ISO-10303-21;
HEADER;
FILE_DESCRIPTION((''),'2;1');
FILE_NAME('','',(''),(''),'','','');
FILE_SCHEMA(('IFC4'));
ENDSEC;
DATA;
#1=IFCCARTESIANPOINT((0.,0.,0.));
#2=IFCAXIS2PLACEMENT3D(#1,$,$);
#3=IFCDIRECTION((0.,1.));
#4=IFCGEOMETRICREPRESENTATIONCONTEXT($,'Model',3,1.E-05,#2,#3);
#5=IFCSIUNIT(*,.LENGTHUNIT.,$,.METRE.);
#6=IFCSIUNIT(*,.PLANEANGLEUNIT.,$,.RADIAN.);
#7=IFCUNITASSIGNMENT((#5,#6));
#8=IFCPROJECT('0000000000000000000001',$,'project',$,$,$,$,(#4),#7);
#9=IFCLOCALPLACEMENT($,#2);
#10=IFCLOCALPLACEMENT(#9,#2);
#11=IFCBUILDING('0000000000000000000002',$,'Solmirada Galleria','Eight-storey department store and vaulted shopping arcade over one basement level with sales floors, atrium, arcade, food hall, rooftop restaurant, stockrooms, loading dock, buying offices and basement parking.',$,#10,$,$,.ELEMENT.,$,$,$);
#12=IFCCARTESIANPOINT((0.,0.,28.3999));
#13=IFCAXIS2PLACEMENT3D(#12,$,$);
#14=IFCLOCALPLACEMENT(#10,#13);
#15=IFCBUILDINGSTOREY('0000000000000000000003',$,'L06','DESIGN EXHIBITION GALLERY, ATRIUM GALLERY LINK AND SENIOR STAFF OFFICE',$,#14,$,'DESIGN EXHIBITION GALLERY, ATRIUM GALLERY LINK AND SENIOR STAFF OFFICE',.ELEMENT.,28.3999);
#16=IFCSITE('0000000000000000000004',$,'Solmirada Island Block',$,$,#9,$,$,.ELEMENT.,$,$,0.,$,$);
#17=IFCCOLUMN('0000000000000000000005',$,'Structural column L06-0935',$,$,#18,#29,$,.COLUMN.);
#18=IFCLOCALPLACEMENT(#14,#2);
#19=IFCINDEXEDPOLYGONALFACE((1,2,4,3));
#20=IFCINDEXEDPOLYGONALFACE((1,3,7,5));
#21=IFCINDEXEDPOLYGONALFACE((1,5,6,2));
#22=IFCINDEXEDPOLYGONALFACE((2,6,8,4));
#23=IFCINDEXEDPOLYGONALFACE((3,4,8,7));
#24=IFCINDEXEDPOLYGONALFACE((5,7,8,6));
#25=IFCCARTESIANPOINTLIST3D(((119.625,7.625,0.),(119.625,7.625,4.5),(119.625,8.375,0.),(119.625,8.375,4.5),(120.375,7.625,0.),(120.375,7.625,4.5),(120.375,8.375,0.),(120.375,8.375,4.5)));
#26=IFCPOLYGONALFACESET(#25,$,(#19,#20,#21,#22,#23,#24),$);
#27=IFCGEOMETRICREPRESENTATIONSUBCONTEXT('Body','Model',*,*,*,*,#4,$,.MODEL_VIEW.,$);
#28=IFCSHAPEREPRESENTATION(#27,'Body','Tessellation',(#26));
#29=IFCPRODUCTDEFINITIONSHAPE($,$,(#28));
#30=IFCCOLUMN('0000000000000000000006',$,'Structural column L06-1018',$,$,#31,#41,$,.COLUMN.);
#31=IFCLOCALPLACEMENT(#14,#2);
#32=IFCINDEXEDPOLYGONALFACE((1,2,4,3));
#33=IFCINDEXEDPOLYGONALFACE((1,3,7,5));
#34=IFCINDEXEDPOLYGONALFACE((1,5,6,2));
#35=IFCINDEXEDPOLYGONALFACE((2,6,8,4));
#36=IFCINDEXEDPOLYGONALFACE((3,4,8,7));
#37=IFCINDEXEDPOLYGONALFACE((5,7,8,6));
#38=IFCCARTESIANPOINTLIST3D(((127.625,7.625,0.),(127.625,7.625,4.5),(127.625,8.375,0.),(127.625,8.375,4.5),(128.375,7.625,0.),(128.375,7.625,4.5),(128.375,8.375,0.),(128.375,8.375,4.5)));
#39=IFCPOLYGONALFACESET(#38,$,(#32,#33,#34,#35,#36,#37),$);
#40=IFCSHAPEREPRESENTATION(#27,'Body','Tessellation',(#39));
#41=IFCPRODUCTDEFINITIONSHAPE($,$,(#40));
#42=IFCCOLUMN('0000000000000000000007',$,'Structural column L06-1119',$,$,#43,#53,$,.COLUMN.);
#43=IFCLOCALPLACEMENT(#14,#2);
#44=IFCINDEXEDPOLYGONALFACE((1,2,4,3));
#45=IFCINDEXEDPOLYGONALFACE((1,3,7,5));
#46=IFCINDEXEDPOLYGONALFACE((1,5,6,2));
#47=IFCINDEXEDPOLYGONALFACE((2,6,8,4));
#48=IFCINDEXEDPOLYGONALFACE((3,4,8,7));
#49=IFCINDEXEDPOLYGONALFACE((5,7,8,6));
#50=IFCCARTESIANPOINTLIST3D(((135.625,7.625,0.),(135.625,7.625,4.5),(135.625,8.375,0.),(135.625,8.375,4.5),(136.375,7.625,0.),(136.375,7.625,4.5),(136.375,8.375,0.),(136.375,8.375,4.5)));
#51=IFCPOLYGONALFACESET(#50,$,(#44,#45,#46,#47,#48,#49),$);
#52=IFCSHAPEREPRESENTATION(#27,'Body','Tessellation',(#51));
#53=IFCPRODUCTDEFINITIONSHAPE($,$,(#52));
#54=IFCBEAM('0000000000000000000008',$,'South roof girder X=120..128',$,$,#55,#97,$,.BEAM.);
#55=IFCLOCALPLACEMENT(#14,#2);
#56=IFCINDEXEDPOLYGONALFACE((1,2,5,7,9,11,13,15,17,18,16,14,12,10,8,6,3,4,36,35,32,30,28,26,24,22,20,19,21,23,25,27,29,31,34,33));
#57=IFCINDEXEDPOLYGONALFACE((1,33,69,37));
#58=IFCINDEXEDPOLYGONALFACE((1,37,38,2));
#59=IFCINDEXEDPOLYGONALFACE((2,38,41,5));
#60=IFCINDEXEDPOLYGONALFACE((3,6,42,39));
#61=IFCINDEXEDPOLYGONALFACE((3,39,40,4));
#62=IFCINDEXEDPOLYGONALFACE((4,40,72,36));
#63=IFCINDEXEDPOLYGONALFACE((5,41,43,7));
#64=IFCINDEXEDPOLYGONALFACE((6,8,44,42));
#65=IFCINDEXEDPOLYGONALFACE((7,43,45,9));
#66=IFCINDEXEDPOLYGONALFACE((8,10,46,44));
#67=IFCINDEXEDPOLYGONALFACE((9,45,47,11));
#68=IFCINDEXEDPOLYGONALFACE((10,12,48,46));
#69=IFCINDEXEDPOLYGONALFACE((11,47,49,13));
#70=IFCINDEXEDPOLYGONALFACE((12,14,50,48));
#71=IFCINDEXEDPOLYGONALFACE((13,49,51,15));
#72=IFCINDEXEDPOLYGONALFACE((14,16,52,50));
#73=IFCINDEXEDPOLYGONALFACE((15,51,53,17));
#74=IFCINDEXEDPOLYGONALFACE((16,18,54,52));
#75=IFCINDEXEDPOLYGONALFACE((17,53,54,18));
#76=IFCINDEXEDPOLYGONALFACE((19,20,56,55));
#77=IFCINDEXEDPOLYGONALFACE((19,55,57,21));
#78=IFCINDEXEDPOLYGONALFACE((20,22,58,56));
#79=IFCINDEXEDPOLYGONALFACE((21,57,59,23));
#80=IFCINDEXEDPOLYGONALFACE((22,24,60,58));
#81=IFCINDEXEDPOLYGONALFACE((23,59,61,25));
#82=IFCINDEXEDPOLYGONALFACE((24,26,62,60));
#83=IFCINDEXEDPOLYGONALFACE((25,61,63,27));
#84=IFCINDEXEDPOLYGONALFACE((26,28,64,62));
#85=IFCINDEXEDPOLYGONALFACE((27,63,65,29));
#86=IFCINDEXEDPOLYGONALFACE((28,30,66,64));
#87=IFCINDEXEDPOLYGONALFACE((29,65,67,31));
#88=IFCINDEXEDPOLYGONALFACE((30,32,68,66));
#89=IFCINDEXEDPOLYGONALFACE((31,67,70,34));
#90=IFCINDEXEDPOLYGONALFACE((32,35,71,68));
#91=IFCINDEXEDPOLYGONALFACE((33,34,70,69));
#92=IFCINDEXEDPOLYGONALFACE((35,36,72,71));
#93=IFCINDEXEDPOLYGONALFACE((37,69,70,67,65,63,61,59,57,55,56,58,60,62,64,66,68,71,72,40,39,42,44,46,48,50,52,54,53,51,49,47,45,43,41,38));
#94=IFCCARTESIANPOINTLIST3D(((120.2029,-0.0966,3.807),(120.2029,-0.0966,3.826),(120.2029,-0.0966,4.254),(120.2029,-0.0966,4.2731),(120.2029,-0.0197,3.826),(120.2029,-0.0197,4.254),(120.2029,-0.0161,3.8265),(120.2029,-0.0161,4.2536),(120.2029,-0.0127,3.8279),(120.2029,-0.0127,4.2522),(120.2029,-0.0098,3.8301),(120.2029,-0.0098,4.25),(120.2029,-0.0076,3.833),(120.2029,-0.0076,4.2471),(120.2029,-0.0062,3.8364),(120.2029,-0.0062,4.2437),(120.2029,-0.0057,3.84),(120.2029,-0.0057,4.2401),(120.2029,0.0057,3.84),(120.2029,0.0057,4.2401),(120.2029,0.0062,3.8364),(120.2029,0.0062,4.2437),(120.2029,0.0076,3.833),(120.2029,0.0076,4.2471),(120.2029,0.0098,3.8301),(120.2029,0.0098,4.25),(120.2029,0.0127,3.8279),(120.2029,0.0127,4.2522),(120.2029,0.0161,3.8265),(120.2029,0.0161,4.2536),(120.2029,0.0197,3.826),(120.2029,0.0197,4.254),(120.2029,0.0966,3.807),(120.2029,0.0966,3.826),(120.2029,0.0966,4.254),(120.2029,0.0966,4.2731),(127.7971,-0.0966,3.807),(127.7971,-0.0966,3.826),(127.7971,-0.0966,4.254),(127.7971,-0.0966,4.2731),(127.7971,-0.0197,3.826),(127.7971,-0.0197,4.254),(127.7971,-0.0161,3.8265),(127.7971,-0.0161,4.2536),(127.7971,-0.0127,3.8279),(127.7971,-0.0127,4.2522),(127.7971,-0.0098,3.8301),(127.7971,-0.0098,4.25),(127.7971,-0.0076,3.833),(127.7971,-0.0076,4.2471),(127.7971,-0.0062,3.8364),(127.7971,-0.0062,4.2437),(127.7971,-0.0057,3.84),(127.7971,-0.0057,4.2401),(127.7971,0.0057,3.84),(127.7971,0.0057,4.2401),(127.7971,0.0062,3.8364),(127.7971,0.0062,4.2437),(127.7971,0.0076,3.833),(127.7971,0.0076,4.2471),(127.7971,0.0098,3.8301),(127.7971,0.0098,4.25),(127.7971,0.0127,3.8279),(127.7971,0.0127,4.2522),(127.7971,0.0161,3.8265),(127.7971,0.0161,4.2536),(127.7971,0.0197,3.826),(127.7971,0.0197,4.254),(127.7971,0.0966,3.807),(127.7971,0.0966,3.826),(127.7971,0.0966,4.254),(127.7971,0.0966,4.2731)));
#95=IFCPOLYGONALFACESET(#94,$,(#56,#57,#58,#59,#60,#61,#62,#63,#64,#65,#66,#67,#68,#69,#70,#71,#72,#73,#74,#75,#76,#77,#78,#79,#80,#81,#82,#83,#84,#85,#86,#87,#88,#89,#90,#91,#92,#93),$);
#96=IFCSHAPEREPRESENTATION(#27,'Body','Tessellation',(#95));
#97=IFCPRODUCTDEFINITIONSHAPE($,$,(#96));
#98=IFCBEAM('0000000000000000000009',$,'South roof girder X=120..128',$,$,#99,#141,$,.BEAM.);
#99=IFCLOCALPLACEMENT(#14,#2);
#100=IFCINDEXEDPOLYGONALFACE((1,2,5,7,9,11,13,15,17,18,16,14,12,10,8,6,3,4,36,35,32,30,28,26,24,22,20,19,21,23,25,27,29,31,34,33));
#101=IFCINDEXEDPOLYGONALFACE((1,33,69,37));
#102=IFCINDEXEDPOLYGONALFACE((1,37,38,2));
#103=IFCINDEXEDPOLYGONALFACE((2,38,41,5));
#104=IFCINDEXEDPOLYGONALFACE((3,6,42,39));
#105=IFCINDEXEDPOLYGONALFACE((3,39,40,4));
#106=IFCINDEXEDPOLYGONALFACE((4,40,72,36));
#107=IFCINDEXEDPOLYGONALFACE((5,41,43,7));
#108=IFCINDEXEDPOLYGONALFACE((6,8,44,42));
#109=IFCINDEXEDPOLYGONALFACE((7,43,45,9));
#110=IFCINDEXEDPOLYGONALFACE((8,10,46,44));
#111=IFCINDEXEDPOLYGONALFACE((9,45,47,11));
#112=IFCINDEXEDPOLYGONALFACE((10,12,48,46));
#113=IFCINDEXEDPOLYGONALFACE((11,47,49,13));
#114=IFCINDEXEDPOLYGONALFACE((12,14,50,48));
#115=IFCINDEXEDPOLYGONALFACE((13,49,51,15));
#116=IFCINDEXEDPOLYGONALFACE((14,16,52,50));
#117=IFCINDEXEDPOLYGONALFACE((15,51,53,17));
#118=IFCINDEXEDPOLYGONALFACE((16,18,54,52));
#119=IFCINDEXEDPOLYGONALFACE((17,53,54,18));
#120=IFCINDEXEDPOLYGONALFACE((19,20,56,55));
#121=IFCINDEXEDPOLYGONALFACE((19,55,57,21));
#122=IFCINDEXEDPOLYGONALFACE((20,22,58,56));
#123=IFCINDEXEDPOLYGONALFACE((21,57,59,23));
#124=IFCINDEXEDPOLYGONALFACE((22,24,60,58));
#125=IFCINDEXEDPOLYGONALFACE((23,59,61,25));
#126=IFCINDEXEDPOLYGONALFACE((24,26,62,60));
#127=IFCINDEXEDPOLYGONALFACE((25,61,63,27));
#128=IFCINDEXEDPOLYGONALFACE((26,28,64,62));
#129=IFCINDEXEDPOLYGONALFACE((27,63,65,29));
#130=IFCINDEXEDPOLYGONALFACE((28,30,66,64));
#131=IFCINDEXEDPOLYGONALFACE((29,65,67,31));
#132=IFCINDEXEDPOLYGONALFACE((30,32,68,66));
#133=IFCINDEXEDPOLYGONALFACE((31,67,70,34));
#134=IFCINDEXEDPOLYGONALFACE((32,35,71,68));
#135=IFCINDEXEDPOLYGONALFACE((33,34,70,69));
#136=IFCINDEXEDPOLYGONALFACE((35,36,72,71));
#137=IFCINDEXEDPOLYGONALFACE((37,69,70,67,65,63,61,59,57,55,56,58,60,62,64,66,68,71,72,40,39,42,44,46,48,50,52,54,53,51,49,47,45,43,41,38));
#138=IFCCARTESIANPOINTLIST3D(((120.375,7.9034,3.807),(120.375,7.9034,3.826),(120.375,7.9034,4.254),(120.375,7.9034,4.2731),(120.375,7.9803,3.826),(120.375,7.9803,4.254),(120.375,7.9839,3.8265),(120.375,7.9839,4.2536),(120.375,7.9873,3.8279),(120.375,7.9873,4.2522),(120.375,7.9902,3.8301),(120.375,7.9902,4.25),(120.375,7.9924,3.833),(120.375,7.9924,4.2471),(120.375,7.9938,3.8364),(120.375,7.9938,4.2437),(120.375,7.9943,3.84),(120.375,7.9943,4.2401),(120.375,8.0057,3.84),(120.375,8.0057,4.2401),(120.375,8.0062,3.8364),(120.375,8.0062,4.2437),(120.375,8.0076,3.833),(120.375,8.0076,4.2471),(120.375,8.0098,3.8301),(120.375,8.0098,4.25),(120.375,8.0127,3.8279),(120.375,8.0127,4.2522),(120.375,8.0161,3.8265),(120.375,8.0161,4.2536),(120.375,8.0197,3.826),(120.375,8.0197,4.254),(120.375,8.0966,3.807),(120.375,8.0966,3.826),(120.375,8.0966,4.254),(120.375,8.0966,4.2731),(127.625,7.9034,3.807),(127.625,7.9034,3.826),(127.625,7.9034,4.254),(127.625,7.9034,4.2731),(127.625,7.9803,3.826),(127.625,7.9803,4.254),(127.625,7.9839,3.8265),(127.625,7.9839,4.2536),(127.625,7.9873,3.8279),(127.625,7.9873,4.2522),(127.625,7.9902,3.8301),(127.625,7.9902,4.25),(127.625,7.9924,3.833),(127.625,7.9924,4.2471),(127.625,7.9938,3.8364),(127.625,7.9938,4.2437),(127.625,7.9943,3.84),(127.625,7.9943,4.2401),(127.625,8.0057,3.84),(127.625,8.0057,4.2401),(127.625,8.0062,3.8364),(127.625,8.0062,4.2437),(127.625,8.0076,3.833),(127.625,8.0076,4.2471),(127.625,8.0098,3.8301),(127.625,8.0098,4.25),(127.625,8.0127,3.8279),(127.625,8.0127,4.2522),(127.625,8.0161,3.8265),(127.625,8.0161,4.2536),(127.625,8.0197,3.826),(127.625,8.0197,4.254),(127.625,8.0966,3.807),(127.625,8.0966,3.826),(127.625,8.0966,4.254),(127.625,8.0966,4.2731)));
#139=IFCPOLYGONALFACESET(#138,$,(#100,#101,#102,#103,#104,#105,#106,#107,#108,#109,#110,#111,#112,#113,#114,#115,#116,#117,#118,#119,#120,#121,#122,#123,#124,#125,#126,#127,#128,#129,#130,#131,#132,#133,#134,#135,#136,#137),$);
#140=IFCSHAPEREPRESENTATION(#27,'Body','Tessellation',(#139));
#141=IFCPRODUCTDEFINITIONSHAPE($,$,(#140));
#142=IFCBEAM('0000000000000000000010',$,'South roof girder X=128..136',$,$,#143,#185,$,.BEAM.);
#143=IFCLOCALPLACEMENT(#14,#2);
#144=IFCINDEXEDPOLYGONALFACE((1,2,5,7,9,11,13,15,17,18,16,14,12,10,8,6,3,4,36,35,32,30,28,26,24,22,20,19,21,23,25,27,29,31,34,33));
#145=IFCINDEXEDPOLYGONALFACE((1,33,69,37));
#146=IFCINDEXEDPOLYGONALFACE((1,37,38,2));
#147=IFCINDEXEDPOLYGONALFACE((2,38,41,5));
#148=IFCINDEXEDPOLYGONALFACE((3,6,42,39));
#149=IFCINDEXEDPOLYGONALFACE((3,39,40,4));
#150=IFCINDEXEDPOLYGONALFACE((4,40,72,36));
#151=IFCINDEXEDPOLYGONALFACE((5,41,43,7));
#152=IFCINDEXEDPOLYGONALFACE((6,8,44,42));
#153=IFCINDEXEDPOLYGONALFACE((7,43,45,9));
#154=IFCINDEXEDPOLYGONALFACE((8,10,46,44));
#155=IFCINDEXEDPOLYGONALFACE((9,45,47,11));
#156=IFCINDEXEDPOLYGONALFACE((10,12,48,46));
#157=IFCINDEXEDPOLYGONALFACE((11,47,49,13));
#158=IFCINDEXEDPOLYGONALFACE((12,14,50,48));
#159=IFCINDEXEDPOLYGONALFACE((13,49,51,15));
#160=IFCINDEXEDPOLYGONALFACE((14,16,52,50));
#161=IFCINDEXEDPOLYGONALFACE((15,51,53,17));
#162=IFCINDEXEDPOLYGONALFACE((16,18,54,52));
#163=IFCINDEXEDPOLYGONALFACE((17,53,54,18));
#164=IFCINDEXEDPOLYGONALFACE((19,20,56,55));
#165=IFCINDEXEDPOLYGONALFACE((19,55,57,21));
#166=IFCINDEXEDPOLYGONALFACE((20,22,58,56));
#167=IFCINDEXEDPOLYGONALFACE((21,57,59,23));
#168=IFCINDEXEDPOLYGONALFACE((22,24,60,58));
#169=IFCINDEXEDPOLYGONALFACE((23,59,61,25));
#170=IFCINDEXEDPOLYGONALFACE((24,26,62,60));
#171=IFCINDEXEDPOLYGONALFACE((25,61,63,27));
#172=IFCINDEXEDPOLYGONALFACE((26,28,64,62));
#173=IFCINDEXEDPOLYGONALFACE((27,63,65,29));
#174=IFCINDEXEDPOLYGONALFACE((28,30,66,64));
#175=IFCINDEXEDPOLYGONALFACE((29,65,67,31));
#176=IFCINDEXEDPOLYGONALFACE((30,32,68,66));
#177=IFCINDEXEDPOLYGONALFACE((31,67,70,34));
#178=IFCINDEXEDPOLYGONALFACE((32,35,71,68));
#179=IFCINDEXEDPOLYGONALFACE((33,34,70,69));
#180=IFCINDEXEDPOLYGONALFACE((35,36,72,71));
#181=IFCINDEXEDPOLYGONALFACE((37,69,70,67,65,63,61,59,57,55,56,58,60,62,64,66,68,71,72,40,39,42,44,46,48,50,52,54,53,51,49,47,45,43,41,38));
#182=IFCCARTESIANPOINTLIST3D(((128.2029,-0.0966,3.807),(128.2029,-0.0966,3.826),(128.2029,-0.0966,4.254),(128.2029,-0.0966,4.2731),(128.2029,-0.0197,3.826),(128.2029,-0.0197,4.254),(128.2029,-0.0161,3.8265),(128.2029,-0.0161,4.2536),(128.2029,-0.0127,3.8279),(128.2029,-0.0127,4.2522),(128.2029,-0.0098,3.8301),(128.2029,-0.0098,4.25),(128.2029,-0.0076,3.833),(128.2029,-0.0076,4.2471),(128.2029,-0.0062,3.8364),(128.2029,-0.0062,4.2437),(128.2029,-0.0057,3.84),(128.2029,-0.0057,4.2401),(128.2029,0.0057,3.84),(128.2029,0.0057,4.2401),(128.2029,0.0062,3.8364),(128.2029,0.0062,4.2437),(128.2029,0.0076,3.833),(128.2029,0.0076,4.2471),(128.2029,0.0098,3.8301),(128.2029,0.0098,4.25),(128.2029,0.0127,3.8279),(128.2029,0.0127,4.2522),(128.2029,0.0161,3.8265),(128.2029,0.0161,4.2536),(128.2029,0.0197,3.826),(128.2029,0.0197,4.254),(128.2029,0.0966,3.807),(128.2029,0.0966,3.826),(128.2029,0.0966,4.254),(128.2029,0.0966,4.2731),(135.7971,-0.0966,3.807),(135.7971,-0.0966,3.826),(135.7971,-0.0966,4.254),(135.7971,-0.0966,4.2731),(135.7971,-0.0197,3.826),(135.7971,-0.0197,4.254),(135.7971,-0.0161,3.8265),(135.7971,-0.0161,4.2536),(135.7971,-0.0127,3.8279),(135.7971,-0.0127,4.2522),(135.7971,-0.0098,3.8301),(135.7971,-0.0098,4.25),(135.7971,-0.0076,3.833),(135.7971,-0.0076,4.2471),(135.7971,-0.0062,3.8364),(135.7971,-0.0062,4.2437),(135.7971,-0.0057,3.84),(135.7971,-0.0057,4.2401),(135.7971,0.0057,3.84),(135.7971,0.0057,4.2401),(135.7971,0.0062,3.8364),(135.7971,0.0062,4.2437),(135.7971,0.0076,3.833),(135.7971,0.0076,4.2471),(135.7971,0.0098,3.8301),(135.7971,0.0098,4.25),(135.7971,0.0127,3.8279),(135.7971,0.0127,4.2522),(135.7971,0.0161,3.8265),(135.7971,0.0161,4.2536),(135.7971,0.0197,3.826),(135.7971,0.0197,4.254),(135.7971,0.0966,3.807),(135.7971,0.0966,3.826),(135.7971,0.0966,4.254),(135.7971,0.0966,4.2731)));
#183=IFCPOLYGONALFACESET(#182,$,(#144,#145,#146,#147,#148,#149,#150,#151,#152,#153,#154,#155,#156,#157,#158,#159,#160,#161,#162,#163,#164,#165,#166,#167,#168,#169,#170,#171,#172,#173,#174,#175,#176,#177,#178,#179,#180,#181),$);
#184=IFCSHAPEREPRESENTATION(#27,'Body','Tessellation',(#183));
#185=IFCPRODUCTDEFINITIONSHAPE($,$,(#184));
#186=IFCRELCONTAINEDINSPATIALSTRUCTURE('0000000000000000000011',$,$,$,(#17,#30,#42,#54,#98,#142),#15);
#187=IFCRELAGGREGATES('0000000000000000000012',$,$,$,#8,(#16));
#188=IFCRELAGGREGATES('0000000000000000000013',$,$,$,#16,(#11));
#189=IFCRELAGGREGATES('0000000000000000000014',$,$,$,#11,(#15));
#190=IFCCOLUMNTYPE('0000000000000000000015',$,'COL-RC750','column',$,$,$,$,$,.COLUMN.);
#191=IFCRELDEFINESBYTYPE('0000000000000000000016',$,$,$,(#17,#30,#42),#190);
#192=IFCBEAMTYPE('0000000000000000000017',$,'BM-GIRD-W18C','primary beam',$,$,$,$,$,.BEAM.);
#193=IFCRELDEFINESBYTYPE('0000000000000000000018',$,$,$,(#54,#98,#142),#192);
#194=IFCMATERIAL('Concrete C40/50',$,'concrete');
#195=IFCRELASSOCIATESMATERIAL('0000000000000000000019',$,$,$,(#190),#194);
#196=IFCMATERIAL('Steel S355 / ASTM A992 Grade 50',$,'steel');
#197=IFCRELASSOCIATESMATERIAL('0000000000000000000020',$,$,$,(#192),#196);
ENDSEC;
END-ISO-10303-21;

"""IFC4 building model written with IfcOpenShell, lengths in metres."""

from ifc_helpers import new_model, si_unit, direction, frame, origin, origin_2d, place, context, subcontext, project, spatial, rectangle, i_section, extrude, material, material_profile, profile_set, type_object, element, save


model = new_model("IFC4")

# Units and contexts
model_context = context("Model", 3, precision=1e-05, world=origin(), true_north=direction((0.0, 1.0)))
body_context = subcontext(model_context, "Body", "Model", "MODEL_VIEW")
ifc_project = project(units=[si_unit("LENGTHUNIT", "METRE"), si_unit("PLANEANGLEUNIT", "RADIAN")], contexts=[model_context])

# Site, building, storey
site_placement = place(None, origin())
site = spatial("IfcSite", under=ifc_project, at=site_placement, Name="Solmirada Island Block", CompositionType="ELEMENT", RefElevation=0.0)
building_placement = place(site_placement, origin())
building = spatial("IfcBuilding", under=site, at=building_placement, Name="Solmirada Galleria", Description="Eight-storey department store and vaulted shopping arcade over one basement level with sales floors, atrium, arcade, food hall, rooftop restaurant, stockrooms, loading dock, buying offices and basement parking.", CompositionType="ELEMENT")
storey_placement = place(building_placement, frame((0.0, 0.0, 28.3999)))
storey = spatial("IfcBuildingStorey", under=building, at=storey_placement, Name="L06", Description="DESIGN EXHIBITION GALLERY, ATRIUM GALLERY LINK AND SENIOR STAFF OFFICE", LongName="DESIGN EXHIBITION GALLERY, ATRIUM GALLERY LINK AND SENIOR STAFF OFFICE", CompositionType="ELEMENT", Elevation=28.3999)

# Columns
ifc_material_1 = material(Name="Concrete C40/50", Category="concrete")
ifc_material_profile_1 = material_profile(ifc_material_1, rectangle(XDim=0.75, YDim=0.75, at=origin_2d()), Name="RC750X750")
ifc_profile_set_1 = profile_set([ifc_material_profile_1], Name="Concrete C40/50")
column_type_1 = type_object("IfcColumnType", Name="COL-RC750", Description="column", PredefinedType="COLUMN", material=ifc_profile_set_1)
for number, where, z_axis, x_axis, name in (
    (1, (120.0, 8.0, 0.0), (0.0, 0.0, 1.0), (1.0, 0.0, 0.0), "Structural column L06-0935"),
    (2, (128.0, 8.0, 0.0), (0.0, 0.0, 1.0), (1.0, 0.0, 0.0), "Structural column L06-1018"),
    (3, (136.0, 8.0, 0.0), (0.0, 0.0, 1.0), (1.0, 0.0, 0.0), "Structural column L06-1119"),
):
    element("IfcColumn", number, at=place(storey_placement, frame(where, z_axis=z_axis, x_axis=x_axis)), inside=storey, type_object=column_type_1, Name=name, PredefinedType="COLUMN", context=body_context, shape_type="SweptSolid", body=[
        extrude(rectangle(XDim=0.75, YDim=0.75, at=origin_2d()), origin(), (0.0, 0.0, 1.0), 4.5),
    ])

# Beams
ifc_material_2 = material(Name="Steel S355 / ASTM A992 Grade 50", Category="steel")
ifc_material_profile_2 = material_profile(ifc_material_2, i_section(OverallWidth=0.1931, OverallDepth=0.4661, WebThickness=0.0115, FlangeThickness=0.019, FilletRadius=0.0139, at=origin_2d()), Name="W18X65")
ifc_profile_set_2 = profile_set([ifc_material_profile_2], Name="Steel S355 / ASTM A992 Grade 50")
beam_type = type_object("IfcBeamType", Name="BM-GIRD-W18C", Description="primary beam", PredefinedType="BEAM", material=ifc_profile_set_2)
beam_1_placement = place(storey_placement, frame((120.2029, 0.0, 4.04), z_axis=(1.0, 0.0, 0.0), x_axis=(0.0, 1.0, 0.0)))
element("IfcBeam", 4, at=beam_1_placement, inside=storey, type_object=beam_type, Name="South roof girder X=120..128", PredefinedType="BEAM", context=body_context, shape_type="SweptSolid", body=[
    extrude(i_section(OverallWidth=0.1931, OverallDepth=0.4661, WebThickness=0.0115, FlangeThickness=0.019, FilletRadius=0.0139, at=origin_2d()), origin(), (0.0, 0.0, 1.0), 7.5942),
])
beam_2_placement = place(storey_placement, frame((120.375, 8.0, 4.04), z_axis=(1.0, 0.0, 0.0), x_axis=(0.0, 1.0, 0.0)))
element("IfcBeam", 5, at=beam_2_placement, inside=storey, type_object=beam_type, Name="South roof girder X=120..128", PredefinedType="BEAM", context=body_context, shape_type="SweptSolid", body=[
    extrude(i_section(OverallWidth=0.1931, OverallDepth=0.4661, WebThickness=0.0115, FlangeThickness=0.019, FilletRadius=0.0139, at=origin_2d()), origin(), (0.0, 0.0, 1.0), 7.25),
])
beam_3_placement = place(storey_placement, frame((128.2029, 0.0, 4.04), z_axis=(1.0, 0.0, 0.0), x_axis=(0.0, 1.0, 0.0)))
element("IfcBeam", 6, at=beam_3_placement, inside=storey, type_object=beam_type, Name="South roof girder X=128..136", PredefinedType="BEAM", context=body_context, shape_type="SweptSolid", body=[
    extrude(i_section(OverallWidth=0.1931, OverallDepth=0.4661, WebThickness=0.0115, FlangeThickness=0.019, FilletRadius=0.0139, at=origin_2d()), origin(), (0.0, 0.0, 1.0), 7.5942),
])

save(model, "model.ifc")
